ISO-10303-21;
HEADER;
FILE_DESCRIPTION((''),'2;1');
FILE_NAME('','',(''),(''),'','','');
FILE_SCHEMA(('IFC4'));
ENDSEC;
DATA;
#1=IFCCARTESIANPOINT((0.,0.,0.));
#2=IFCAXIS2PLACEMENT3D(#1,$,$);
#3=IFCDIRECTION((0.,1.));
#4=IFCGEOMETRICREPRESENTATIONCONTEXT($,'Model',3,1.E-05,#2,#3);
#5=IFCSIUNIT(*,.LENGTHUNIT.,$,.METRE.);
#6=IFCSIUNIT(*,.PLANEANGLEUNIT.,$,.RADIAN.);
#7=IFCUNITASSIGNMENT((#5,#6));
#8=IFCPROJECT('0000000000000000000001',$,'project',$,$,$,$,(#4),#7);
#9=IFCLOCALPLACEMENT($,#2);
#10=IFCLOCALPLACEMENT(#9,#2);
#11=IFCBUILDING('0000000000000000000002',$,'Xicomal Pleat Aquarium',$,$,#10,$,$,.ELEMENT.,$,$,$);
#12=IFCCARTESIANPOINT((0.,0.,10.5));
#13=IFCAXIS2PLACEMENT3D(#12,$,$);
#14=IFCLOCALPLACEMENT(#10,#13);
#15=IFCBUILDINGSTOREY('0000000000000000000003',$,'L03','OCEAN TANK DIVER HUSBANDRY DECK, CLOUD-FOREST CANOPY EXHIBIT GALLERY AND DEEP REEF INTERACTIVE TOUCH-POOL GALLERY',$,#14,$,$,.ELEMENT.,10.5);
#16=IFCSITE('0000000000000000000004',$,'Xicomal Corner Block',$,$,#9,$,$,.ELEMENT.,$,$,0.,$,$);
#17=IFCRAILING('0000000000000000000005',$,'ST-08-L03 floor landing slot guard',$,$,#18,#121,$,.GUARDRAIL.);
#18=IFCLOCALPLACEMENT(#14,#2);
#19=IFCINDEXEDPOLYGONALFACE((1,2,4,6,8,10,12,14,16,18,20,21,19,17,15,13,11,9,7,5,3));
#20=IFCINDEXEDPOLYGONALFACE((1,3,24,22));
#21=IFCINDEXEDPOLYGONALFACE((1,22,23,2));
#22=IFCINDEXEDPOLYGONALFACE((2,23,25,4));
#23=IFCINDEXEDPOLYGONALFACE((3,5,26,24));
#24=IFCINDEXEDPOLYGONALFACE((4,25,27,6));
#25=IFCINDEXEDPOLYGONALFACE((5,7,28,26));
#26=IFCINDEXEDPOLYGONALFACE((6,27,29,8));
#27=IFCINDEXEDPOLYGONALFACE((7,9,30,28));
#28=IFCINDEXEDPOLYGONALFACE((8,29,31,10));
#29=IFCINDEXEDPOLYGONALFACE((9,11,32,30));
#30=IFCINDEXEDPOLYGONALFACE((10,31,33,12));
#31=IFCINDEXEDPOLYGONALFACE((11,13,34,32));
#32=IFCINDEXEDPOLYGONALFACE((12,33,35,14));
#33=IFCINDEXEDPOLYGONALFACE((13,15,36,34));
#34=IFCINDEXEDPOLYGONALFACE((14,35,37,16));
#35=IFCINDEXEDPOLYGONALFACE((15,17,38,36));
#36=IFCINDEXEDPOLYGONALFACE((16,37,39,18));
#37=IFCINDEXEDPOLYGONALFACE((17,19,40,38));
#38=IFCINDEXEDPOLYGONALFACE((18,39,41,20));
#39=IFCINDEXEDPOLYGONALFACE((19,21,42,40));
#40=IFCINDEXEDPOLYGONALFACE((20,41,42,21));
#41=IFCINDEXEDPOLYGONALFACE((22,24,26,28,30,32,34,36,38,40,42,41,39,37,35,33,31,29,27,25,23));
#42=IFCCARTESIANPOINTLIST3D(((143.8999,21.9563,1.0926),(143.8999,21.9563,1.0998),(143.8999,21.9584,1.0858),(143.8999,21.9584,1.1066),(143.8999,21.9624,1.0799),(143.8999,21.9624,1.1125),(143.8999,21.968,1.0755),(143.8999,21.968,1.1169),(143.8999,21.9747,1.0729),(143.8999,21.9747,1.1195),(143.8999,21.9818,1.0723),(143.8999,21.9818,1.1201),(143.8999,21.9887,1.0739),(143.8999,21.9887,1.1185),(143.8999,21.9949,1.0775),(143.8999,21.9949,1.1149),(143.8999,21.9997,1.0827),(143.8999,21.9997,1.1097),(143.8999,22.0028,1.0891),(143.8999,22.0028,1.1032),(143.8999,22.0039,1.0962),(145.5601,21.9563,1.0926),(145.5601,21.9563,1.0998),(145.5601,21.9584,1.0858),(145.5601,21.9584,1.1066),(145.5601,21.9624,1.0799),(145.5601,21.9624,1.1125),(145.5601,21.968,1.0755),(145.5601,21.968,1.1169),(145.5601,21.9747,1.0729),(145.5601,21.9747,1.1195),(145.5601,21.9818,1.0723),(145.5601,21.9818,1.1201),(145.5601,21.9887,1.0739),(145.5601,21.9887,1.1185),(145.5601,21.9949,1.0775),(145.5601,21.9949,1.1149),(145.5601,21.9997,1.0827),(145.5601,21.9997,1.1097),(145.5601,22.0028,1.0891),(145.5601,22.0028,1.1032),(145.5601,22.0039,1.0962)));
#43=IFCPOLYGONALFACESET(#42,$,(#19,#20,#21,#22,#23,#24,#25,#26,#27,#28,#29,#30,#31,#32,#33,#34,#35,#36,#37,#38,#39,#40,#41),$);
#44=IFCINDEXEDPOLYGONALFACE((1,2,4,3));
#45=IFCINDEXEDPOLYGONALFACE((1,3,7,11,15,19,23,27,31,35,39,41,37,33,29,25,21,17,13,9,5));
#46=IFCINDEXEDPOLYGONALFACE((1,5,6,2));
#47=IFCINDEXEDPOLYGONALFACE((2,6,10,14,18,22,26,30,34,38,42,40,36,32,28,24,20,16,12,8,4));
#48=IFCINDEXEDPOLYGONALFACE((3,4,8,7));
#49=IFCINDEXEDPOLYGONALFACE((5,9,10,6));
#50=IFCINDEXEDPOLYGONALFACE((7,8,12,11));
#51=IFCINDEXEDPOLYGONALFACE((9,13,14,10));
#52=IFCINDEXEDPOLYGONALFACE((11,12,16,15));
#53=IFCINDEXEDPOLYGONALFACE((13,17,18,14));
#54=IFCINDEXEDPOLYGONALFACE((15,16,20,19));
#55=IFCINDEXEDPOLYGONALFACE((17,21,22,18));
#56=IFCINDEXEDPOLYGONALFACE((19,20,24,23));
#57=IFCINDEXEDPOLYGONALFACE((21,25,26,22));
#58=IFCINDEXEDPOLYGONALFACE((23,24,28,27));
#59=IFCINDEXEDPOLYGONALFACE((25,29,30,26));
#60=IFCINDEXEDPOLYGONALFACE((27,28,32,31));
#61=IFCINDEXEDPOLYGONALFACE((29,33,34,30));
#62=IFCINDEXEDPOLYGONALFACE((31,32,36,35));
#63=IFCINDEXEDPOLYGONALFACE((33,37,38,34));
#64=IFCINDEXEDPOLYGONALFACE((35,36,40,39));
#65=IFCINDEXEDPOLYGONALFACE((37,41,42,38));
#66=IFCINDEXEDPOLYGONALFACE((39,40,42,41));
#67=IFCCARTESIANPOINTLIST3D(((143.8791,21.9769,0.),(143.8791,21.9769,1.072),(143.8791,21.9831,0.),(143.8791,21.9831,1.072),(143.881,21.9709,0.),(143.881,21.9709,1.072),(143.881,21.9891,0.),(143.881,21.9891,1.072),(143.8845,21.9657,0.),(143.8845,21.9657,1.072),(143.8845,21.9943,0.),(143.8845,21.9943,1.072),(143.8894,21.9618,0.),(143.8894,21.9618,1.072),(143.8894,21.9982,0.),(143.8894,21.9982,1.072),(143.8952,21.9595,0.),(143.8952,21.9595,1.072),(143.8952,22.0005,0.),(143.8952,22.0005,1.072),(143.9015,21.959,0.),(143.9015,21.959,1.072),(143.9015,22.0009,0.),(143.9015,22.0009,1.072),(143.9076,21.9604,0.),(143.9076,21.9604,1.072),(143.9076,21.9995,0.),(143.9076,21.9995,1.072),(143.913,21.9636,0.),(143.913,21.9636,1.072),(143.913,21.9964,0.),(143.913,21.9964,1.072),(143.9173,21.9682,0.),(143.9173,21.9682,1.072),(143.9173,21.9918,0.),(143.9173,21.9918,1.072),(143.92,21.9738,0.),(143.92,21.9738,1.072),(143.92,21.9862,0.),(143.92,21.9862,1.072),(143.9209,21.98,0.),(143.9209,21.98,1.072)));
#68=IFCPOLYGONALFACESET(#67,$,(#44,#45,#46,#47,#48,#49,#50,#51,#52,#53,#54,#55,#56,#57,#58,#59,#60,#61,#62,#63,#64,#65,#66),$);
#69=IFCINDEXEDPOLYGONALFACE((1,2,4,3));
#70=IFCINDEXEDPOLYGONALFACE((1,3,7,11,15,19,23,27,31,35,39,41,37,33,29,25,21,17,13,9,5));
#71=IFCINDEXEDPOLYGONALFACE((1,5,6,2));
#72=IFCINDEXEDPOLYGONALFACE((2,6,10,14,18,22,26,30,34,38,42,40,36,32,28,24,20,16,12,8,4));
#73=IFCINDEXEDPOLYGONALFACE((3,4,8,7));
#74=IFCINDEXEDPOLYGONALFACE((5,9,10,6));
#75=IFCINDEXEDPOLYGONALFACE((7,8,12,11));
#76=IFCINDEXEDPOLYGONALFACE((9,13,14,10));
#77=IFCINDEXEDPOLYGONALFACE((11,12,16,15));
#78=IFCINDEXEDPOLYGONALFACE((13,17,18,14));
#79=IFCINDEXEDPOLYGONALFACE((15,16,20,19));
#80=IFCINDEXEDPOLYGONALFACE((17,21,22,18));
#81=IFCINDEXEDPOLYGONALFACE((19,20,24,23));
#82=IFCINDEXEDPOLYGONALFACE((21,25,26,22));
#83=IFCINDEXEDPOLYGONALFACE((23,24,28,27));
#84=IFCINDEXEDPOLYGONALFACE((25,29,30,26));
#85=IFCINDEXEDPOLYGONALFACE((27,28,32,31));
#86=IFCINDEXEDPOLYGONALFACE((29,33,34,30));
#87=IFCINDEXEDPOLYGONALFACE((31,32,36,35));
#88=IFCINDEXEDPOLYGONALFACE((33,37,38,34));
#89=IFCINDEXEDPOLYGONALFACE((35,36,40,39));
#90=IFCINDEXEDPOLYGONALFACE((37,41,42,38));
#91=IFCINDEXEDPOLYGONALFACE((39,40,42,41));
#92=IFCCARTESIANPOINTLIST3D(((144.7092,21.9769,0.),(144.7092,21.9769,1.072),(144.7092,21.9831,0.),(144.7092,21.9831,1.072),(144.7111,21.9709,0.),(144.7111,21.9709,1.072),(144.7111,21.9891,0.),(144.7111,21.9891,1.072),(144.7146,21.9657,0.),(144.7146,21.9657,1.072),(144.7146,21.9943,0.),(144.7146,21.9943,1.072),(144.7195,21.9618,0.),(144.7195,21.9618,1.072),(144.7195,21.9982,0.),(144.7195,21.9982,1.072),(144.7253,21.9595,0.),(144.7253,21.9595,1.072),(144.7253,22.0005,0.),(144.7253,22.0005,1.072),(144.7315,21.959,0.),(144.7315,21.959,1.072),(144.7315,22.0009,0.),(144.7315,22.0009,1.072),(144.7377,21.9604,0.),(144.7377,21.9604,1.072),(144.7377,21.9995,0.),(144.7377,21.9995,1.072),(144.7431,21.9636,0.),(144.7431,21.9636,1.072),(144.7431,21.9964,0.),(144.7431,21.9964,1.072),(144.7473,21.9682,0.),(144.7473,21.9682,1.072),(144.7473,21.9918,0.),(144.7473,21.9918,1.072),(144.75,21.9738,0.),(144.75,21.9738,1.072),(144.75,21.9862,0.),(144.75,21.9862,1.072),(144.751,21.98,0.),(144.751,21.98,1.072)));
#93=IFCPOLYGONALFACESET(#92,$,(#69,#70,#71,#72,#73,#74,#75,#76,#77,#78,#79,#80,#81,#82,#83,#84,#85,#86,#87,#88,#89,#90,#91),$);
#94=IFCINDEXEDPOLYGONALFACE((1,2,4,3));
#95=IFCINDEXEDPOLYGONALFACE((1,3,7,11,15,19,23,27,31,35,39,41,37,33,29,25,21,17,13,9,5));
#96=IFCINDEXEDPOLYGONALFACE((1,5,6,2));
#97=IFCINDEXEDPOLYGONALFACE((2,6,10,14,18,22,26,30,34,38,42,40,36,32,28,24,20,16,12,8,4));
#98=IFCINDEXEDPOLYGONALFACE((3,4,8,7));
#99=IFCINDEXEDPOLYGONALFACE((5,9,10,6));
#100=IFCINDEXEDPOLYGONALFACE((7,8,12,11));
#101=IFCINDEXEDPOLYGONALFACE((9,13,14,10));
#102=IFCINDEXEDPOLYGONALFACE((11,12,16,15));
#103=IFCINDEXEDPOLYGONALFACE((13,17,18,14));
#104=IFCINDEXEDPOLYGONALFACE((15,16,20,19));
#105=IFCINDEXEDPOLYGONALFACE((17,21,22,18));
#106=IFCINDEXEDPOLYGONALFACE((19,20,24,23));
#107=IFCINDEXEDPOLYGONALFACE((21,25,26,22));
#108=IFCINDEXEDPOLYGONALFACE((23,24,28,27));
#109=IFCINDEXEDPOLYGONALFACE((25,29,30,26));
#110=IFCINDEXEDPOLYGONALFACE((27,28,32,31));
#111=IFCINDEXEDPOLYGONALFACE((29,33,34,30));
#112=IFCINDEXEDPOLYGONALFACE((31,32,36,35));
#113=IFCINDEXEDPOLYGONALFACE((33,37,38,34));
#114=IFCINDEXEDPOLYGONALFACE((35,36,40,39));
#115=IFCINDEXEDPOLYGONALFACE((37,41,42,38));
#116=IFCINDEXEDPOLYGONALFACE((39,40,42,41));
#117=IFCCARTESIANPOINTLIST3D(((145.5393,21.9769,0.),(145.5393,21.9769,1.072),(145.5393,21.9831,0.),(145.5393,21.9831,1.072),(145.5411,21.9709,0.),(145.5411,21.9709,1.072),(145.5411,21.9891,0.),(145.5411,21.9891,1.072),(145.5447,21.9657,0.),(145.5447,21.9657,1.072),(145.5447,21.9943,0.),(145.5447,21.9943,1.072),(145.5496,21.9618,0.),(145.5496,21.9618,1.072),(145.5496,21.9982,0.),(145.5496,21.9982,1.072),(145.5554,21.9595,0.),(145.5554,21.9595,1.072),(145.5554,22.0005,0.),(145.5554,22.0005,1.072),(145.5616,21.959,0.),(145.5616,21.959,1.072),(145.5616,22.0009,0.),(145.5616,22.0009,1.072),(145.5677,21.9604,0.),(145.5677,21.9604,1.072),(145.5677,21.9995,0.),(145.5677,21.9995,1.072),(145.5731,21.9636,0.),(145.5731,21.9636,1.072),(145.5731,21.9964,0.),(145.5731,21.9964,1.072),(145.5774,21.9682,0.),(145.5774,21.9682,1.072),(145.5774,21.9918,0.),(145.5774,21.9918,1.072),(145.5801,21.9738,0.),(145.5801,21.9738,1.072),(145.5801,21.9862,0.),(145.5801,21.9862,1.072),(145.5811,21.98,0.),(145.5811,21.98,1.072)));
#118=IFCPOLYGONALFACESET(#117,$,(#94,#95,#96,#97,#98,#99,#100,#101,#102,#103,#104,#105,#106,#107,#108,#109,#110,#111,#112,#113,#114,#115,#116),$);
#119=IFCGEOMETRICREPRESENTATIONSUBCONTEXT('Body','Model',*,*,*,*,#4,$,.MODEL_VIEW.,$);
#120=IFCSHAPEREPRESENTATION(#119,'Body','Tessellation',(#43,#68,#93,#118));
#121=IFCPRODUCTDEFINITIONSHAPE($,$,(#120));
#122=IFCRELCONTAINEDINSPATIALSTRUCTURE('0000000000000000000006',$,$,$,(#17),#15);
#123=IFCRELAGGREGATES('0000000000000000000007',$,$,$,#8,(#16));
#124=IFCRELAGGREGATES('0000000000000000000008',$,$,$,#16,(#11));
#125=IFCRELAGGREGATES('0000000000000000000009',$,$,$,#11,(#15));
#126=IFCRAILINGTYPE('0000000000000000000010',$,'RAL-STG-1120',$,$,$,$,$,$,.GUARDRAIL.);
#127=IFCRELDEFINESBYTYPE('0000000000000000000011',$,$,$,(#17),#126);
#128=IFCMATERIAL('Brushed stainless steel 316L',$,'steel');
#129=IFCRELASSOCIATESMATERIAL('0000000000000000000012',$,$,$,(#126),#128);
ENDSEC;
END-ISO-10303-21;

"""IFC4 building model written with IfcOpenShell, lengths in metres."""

from ifc_helpers import new_model, si_unit, direction, frame, origin, origin_2d, place, context, subcontext, project, spatial, circle, extrude, material, type_object, element, save


model = new_model("IFC4")

# Units and contexts
model_context = context("Model", 3, precision=1e-05, world=origin(), true_north=direction((0.0, 1.0)))
body_context = subcontext(model_context, "Body", "Model", "MODEL_VIEW")
ifc_project = project(units=[si_unit("LENGTHUNIT", "METRE"), si_unit("PLANEANGLEUNIT", "RADIAN")], contexts=[model_context])

# Site, building, storey
site_placement = place(None, origin())
site = spatial("IfcSite", under=ifc_project, at=site_placement, Name="Xicomal Corner Block", CompositionType="ELEMENT", RefElevation=0.0)
building_placement = place(site_placement, origin())
building = spatial("IfcBuilding", under=site, at=building_placement, Name="Xicomal Pleat Aquarium", CompositionType="ELEMENT")
storey_placement = place(building_placement, frame((0.0, 0.0, 10.5)))
storey = spatial("IfcBuildingStorey", under=building, at=storey_placement, Name="L03", Description="OCEAN TANK DIVER HUSBANDRY DECK, CLOUD-FOREST CANOPY EXHIBIT GALLERY AND DEEP REEF INTERACTIVE TOUCH-POOL GALLERY", CompositionType="ELEMENT", Elevation=10.5)

# Railing
ifc_material_1 = material(Name="Brushed stainless steel 316L", Category="steel")
railing_type_1 = type_object("IfcRailingType", Name="RAL-STG-1120", PredefinedType="GUARDRAIL", material=ifc_material_1)
railing_1_placement = place(storey_placement, frame((143.8999, 21.98, 0.0)))
element("IfcRailing", 1, at=railing_1_placement, inside=storey, type_object=railing_type_1, Name="ST-08-L03 floor landing slot guard", PredefinedType="GUARDRAIL", context=body_context, shape_type="SweptSolid", body=[
    extrude(circle(Radius=0.0239, at=origin_2d()), frame((0.0, 0.0, 1.0962), z_axis=(1.0, 0.0, 0.0), x_axis=(0.0, 1.0, 0.0)), (0.0, 0.0, 1.0), 1.6602),
    extrude(circle(Radius=0.021, at=origin_2d()), origin(), (0.0, 0.0, 1.0), 1.072),
    extrude(circle(Radius=0.021, at=origin_2d()), frame((0.8301, 0.0, 0.0)), (0.0, 0.0, 1.0), 1.072),
    extrude(circle(Radius=0.021, at=origin_2d()), frame((1.6602, 0.0, 0.0)), (0.0, 0.0, 1.0), 1.072),
])

save(model, "model.ifc")
